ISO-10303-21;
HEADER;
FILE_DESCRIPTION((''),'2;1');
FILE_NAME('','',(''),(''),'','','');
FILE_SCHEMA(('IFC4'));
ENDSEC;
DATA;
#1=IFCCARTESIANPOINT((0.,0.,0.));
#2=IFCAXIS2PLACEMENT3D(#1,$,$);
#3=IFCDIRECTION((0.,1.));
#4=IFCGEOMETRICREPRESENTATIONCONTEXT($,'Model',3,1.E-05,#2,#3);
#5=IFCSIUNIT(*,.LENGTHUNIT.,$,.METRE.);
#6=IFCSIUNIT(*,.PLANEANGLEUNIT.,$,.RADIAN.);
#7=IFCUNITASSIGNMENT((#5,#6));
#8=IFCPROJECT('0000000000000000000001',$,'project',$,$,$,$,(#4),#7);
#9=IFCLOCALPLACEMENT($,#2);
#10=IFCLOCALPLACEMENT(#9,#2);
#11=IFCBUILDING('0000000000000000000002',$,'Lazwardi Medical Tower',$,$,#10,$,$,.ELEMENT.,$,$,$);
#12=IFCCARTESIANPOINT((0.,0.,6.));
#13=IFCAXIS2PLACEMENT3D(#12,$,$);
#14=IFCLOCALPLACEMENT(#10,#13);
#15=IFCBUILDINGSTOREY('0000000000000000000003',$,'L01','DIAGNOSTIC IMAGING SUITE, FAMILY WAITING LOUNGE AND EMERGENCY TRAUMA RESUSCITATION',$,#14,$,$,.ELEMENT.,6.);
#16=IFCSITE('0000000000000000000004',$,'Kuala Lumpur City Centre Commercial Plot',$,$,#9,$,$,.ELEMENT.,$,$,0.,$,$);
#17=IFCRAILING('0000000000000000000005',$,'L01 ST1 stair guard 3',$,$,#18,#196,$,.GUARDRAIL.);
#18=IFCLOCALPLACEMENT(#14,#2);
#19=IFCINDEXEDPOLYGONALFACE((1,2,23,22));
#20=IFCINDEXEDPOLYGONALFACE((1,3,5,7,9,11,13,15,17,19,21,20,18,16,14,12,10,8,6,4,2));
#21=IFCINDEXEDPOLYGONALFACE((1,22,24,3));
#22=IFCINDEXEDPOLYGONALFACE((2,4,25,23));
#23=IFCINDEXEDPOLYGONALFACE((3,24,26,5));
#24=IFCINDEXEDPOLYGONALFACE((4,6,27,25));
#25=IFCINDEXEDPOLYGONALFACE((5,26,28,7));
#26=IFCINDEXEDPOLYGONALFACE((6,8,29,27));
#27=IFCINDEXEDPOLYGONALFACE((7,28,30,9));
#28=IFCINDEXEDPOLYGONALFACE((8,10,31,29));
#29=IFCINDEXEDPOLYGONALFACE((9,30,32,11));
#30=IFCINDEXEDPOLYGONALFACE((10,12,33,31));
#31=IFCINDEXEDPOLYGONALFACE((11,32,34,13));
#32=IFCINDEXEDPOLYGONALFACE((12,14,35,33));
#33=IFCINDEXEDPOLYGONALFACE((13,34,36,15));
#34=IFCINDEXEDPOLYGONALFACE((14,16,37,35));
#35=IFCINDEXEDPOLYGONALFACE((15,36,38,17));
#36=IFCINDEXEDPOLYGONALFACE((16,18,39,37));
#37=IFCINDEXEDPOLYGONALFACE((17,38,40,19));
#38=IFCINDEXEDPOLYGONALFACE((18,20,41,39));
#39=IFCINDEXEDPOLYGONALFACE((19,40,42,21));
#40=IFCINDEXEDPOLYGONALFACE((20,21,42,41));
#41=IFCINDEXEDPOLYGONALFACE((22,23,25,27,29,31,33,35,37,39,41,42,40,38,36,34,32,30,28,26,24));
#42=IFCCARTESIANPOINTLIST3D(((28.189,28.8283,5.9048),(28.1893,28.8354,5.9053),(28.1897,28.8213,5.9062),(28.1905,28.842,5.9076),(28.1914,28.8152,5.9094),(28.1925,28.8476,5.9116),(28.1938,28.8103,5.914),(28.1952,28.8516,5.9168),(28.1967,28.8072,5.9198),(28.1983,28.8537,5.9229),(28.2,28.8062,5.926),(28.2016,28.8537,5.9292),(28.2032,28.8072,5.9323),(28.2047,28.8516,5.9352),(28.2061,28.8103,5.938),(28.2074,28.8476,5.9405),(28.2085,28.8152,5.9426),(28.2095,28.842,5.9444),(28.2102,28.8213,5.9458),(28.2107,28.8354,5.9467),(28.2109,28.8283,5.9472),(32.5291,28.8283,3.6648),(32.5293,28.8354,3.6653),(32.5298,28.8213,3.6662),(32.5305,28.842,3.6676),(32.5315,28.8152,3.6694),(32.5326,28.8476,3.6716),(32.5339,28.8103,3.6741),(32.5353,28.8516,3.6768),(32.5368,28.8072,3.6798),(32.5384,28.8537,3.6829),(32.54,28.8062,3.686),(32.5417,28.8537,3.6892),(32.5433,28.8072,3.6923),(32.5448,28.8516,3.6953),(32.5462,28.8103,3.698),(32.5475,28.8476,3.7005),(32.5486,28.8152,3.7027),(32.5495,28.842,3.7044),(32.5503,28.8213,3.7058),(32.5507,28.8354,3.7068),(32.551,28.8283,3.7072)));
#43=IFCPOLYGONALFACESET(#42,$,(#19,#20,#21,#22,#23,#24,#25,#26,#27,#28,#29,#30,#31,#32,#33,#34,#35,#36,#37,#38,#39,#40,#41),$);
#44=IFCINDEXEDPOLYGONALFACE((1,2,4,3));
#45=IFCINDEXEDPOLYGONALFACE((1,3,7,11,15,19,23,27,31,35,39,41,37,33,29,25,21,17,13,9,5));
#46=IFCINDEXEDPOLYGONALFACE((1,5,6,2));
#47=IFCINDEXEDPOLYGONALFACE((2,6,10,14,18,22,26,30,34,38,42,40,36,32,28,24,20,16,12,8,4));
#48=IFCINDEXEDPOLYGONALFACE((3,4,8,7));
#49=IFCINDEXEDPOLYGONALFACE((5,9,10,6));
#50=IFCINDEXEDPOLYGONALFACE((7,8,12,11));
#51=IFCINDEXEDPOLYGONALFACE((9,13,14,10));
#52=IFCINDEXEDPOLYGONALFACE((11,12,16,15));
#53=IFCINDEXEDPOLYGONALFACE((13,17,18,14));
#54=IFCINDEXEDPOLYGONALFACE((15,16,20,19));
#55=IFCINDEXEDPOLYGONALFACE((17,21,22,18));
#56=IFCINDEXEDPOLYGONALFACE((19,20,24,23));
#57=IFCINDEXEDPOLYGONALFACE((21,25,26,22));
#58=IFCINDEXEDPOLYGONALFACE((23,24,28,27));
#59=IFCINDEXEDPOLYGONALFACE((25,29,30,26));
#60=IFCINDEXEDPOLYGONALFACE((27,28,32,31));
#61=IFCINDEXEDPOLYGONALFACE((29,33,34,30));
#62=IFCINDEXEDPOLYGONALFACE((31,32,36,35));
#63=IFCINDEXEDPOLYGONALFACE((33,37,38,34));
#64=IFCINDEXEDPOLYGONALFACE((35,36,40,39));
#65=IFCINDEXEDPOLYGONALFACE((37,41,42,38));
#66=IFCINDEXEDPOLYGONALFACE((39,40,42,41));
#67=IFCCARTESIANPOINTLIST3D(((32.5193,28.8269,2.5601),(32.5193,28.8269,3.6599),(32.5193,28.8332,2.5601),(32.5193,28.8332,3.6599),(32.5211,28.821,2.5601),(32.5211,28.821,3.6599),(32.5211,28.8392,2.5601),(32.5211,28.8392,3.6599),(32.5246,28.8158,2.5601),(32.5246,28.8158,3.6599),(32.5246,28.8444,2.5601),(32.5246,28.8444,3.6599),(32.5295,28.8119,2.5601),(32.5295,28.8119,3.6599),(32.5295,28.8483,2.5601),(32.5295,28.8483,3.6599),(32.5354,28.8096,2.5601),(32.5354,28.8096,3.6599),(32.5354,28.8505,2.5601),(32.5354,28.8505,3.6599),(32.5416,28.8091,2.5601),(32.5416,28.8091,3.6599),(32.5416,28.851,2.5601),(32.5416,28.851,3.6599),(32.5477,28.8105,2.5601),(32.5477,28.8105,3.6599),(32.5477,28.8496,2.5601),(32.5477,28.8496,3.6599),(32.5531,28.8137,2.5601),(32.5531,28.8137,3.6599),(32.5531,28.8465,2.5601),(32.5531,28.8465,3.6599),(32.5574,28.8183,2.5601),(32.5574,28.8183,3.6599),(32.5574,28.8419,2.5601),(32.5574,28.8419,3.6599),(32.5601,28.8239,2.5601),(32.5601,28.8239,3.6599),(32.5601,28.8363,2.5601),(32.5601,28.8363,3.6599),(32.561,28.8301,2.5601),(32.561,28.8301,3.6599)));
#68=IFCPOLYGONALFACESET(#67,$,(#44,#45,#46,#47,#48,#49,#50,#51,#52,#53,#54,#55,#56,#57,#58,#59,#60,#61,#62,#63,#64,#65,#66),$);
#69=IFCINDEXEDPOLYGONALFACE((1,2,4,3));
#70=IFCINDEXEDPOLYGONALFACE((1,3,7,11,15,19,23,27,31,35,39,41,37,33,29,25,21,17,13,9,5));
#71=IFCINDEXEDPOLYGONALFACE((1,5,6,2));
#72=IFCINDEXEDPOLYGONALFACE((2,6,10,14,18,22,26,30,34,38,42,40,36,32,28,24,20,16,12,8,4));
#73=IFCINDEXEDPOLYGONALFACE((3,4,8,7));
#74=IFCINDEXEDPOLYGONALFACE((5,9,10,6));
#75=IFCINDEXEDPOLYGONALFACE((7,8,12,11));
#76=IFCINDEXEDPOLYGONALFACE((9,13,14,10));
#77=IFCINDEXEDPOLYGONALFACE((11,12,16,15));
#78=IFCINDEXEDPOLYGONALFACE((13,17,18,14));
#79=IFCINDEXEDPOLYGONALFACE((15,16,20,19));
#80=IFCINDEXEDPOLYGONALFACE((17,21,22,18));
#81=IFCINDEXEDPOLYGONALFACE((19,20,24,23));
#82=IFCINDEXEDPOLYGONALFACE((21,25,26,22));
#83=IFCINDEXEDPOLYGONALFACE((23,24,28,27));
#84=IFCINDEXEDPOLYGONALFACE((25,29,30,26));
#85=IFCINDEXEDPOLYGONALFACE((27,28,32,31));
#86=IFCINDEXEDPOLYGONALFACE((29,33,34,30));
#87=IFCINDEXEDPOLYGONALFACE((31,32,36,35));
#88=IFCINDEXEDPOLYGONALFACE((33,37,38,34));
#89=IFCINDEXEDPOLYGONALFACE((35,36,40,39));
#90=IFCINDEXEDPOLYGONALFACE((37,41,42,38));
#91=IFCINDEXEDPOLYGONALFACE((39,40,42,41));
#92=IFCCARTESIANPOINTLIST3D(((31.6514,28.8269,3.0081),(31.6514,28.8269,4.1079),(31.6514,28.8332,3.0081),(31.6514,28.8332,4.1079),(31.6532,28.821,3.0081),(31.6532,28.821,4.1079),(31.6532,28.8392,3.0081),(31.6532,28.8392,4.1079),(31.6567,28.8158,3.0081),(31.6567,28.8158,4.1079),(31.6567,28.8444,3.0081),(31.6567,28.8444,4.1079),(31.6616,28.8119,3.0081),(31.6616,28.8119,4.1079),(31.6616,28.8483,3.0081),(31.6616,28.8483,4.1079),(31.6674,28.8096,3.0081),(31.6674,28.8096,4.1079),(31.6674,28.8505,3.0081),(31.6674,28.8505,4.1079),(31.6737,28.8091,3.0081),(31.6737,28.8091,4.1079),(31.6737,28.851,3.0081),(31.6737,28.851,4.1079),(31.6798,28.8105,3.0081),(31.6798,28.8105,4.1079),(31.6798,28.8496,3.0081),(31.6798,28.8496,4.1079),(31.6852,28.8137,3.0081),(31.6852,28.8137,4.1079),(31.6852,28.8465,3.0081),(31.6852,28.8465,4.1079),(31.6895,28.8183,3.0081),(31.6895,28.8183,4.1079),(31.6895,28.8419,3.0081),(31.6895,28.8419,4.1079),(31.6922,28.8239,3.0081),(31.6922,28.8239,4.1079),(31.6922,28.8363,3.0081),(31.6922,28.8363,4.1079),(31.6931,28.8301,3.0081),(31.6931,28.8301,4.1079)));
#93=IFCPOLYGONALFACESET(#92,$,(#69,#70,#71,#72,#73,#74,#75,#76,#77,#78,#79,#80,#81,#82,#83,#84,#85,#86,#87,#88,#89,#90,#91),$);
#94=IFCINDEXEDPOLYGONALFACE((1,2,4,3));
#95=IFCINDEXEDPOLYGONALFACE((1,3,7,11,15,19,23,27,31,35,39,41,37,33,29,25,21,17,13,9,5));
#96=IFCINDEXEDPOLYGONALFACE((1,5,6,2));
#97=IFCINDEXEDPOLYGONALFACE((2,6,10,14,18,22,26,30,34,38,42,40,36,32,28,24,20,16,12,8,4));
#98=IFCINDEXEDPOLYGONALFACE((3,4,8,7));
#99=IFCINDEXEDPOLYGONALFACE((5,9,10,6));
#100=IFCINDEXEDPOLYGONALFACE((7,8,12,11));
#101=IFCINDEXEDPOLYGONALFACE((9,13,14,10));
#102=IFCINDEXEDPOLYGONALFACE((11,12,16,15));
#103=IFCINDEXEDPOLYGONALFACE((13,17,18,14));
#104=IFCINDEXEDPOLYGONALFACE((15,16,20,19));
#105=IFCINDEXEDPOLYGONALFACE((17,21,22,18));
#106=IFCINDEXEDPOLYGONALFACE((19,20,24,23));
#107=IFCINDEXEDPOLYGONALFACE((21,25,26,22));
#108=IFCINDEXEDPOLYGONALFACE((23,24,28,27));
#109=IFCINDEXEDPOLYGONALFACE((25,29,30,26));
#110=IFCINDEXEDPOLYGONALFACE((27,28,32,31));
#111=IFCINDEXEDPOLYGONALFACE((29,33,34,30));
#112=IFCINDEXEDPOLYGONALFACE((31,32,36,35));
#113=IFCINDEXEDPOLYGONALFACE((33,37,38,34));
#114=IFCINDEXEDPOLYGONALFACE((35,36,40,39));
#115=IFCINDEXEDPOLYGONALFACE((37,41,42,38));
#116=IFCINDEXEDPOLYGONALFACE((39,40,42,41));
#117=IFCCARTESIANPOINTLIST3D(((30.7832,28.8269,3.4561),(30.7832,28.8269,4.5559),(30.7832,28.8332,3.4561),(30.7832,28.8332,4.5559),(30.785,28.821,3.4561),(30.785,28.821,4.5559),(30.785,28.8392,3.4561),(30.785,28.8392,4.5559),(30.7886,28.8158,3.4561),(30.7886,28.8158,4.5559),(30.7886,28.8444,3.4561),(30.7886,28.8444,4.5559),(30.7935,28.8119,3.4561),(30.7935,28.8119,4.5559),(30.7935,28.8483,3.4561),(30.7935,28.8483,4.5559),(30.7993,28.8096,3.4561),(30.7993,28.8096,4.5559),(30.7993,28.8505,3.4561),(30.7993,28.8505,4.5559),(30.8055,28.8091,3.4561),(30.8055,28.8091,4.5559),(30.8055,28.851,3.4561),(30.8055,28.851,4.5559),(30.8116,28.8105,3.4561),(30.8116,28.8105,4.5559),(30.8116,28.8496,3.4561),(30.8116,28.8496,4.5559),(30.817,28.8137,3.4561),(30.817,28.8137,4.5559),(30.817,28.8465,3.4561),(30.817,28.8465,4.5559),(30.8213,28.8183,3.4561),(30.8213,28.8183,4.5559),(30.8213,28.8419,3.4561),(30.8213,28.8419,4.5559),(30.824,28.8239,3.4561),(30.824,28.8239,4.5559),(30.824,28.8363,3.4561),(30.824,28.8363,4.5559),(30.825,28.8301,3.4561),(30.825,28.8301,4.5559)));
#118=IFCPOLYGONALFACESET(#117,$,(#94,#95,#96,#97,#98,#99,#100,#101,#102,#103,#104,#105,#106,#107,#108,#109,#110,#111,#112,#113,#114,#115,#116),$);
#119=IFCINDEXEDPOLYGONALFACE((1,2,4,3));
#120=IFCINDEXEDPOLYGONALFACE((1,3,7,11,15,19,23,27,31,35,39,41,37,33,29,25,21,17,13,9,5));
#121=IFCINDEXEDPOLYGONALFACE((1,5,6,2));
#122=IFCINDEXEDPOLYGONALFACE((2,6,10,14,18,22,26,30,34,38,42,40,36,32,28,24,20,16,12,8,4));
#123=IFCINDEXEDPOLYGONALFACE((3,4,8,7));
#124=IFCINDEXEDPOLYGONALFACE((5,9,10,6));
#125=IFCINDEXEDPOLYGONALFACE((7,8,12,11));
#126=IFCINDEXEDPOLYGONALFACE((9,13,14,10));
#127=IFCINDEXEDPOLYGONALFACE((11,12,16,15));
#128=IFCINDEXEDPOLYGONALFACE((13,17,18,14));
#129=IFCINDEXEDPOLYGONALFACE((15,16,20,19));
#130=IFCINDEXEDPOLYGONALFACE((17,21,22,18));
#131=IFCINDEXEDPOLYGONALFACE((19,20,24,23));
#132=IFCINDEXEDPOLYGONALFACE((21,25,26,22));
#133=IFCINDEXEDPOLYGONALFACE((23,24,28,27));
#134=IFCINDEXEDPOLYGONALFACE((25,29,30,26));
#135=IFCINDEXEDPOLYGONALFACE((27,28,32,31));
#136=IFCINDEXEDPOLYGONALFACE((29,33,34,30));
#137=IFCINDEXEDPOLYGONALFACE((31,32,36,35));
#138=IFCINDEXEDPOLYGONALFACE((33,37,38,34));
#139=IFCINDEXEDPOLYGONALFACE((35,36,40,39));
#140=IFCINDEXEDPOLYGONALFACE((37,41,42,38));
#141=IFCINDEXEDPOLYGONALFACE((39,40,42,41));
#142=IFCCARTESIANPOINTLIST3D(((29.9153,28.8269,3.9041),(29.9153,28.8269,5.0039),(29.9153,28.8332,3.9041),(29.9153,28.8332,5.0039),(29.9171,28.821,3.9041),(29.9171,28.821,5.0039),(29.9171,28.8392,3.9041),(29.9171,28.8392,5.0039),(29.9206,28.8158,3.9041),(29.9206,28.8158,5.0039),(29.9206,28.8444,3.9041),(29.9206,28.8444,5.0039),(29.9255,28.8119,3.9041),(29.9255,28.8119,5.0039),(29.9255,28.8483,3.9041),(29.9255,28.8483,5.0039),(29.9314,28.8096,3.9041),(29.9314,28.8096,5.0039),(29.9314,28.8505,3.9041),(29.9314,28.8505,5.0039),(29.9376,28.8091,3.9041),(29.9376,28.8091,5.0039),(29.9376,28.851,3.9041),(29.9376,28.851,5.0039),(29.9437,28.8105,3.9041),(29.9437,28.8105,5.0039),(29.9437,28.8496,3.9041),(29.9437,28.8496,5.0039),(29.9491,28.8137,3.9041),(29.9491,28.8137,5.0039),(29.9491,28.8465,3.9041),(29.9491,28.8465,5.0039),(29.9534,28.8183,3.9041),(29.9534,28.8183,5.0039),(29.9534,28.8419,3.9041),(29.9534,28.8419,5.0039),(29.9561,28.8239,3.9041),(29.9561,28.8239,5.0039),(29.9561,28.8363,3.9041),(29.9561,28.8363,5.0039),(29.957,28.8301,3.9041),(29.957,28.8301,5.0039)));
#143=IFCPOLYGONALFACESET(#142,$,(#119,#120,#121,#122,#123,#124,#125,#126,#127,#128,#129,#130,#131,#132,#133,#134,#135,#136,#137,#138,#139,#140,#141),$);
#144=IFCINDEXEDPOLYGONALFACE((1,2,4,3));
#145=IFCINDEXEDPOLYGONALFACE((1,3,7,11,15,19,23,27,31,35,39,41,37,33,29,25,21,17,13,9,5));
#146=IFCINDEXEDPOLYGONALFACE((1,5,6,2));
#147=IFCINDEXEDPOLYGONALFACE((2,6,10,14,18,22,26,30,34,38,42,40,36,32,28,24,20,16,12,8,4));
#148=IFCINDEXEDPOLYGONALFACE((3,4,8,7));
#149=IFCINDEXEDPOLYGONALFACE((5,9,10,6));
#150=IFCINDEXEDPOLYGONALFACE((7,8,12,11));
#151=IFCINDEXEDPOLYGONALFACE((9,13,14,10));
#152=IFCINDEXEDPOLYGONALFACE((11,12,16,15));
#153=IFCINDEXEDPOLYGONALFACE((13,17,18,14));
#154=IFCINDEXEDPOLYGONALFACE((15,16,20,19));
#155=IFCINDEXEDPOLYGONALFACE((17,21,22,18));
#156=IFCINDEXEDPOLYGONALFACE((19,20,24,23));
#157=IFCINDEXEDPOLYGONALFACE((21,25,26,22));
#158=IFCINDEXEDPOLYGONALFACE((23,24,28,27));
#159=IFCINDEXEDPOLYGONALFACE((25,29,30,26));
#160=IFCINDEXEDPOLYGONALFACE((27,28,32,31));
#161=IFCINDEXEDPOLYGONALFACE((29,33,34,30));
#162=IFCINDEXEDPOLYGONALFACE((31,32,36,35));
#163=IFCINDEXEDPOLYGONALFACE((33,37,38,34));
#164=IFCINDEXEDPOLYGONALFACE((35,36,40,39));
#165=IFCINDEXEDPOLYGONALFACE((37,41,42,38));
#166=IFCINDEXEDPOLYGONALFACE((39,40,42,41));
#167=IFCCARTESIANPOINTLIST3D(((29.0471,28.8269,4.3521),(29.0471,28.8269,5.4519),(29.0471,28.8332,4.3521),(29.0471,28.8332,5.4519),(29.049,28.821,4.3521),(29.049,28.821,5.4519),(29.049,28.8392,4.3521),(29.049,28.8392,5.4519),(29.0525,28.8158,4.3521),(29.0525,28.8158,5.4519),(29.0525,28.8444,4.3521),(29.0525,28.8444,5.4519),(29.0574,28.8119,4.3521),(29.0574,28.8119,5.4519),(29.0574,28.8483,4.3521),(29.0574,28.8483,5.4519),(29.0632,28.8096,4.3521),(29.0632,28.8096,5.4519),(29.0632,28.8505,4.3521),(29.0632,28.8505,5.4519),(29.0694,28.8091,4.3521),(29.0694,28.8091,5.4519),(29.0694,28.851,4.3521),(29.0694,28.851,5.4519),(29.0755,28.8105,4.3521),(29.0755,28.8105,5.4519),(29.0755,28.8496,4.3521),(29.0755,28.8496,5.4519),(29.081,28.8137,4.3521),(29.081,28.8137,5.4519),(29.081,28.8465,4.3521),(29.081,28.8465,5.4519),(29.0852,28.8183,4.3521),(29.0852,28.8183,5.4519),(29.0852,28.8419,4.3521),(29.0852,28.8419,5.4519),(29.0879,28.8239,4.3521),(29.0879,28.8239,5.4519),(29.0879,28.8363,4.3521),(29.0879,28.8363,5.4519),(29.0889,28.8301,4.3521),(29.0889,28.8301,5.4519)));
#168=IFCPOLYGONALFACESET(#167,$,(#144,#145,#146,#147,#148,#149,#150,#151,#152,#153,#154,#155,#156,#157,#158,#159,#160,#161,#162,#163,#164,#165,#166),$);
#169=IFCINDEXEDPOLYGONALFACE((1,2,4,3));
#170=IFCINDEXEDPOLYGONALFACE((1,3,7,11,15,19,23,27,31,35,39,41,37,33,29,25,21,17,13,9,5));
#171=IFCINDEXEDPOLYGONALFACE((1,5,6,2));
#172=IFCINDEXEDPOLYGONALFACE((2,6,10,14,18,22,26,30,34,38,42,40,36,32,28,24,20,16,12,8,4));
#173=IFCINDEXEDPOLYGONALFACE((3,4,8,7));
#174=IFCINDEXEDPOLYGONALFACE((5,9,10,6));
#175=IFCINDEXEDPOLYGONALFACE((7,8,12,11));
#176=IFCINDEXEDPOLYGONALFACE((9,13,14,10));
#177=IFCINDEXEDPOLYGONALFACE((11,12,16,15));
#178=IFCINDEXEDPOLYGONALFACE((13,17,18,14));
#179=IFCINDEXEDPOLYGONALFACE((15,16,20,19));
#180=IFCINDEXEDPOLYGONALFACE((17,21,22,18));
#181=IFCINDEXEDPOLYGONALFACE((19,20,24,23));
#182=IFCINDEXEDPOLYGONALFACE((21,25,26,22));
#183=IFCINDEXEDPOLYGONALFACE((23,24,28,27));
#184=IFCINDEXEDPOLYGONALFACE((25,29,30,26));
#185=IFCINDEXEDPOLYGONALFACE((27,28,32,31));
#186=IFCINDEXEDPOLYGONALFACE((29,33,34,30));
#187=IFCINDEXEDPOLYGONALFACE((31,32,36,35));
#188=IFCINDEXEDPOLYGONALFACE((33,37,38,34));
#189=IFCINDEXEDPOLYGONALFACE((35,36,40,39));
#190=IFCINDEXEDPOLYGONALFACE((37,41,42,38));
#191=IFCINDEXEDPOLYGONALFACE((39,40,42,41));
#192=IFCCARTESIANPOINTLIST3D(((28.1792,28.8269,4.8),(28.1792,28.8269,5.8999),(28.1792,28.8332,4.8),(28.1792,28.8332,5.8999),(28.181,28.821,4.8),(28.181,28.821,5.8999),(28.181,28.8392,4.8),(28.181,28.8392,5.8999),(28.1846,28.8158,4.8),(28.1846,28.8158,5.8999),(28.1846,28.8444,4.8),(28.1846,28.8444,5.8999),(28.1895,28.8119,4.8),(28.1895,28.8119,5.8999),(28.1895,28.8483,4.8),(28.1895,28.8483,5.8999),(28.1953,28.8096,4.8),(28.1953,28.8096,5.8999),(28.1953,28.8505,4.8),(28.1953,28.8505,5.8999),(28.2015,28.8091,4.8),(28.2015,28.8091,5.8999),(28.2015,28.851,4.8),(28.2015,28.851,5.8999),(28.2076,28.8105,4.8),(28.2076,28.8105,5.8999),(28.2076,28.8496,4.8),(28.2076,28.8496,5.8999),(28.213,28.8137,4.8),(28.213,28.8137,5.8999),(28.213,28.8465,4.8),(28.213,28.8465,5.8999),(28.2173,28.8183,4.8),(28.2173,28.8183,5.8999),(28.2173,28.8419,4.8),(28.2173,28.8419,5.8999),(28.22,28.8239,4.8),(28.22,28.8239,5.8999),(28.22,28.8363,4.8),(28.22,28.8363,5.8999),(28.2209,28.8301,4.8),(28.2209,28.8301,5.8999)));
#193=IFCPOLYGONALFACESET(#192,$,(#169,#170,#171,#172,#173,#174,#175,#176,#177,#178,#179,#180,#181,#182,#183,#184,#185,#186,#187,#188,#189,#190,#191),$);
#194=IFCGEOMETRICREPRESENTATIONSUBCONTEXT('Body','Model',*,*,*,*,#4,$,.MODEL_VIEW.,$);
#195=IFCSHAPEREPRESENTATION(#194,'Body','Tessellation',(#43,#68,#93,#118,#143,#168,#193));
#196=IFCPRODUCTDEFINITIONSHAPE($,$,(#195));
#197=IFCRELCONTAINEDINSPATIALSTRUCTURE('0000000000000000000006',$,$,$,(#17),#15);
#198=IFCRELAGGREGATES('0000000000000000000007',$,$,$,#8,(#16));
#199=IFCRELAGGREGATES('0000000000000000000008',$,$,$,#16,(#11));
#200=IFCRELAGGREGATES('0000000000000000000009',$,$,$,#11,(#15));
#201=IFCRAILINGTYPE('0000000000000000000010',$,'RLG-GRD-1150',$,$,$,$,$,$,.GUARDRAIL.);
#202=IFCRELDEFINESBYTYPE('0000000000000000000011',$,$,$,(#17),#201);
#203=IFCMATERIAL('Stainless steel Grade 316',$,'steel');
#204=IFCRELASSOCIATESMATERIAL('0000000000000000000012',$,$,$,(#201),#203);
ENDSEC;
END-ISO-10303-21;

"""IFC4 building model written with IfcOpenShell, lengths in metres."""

from ifc_helpers import new_model, si_unit, direction, frame, origin, origin_2d, place, context, subcontext, project, spatial, circle, extrude, material, type_object, element, save


model = new_model("IFC4")

# Units and contexts
model_context = context("Model", 3, precision=1e-05, world=origin(), true_north=direction((0.0, 1.0)))
body_context = subcontext(model_context, "Body", "Model", "MODEL_VIEW")
ifc_project = project(units=[si_unit("LENGTHUNIT", "METRE"), si_unit("PLANEANGLEUNIT", "RADIAN")], contexts=[model_context])

# Site, building, storey
site_placement = place(None, origin())
site = spatial("IfcSite", under=ifc_project, at=site_placement, Name="Kuala Lumpur City Centre Commercial Plot", CompositionType="ELEMENT", RefElevation=0.0)
building_placement = place(site_placement, origin())
building = spatial("IfcBuilding", under=site, at=building_placement, Name="Lazwardi Medical Tower", CompositionType="ELEMENT")
storey_placement = place(building_placement, frame((0.0, 0.0, 6.0)))
storey = spatial("IfcBuildingStorey", under=building, at=storey_placement, Name="L01", Description="DIAGNOSTIC IMAGING SUITE, FAMILY WAITING LOUNGE AND EMERGENCY TRAUMA RESUSCITATION", CompositionType="ELEMENT", Elevation=6.0)

# Railing
ifc_material_1 = material(Name="Stainless steel Grade 316", Category="steel")
railing_type_1 = type_object("IfcRailingType", Name="RLG-GRD-1150", PredefinedType="GUARDRAIL", material=ifc_material_1)
railing_1_placement = place(storey_placement, frame((32.54, 28.8301, 2.5601)))
element("IfcRailing", 1, at=railing_1_placement, inside=storey, type_object=railing_type_1, Name="L01 ST1 stair guard 3", PredefinedType="GUARDRAIL", context=body_context, shape_type="SweptSolid", body=[
    extrude(circle(Radius=0.0239, at=origin_2d()), frame((0.0, 0.0, 1.126), z_axis=(-0.888625, 0.0, 0.458634), x_axis=(0.0, -1.0, 0.0)), (0.0, 0.0, 1.0), 4.884),
    extrude(circle(Radius=0.021, at=origin_2d()), origin(), (0.0, 0.0, 1.0), 1.0999),
    extrude(circle(Radius=0.021, at=origin_2d()), frame((-0.8679, 0.0, 0.448)), (0.0, 0.0, 1.0), 1.0999),
    extrude(circle(Radius=0.021, at=origin_2d()), frame((-1.7361, 0.0, 0.896)), (0.0, 0.0, 1.0), 1.0999),
    extrude(circle(Radius=0.021, at=origin_2d()), frame((-2.604, 0.0, 1.344)), (0.0, 0.0, 1.0), 1.0999),
    extrude(circle(Radius=0.021, at=origin_2d()), frame((-3.4722, 0.0, 1.792)), (0.0, 0.0, 1.0), 1.0999),
    extrude(circle(Radius=0.021, at=origin_2d()), frame((-4.3401, 0.0, 2.24)), (0.0, 0.0, 1.0), 1.0999),
])

save(model, "model.ifc")
